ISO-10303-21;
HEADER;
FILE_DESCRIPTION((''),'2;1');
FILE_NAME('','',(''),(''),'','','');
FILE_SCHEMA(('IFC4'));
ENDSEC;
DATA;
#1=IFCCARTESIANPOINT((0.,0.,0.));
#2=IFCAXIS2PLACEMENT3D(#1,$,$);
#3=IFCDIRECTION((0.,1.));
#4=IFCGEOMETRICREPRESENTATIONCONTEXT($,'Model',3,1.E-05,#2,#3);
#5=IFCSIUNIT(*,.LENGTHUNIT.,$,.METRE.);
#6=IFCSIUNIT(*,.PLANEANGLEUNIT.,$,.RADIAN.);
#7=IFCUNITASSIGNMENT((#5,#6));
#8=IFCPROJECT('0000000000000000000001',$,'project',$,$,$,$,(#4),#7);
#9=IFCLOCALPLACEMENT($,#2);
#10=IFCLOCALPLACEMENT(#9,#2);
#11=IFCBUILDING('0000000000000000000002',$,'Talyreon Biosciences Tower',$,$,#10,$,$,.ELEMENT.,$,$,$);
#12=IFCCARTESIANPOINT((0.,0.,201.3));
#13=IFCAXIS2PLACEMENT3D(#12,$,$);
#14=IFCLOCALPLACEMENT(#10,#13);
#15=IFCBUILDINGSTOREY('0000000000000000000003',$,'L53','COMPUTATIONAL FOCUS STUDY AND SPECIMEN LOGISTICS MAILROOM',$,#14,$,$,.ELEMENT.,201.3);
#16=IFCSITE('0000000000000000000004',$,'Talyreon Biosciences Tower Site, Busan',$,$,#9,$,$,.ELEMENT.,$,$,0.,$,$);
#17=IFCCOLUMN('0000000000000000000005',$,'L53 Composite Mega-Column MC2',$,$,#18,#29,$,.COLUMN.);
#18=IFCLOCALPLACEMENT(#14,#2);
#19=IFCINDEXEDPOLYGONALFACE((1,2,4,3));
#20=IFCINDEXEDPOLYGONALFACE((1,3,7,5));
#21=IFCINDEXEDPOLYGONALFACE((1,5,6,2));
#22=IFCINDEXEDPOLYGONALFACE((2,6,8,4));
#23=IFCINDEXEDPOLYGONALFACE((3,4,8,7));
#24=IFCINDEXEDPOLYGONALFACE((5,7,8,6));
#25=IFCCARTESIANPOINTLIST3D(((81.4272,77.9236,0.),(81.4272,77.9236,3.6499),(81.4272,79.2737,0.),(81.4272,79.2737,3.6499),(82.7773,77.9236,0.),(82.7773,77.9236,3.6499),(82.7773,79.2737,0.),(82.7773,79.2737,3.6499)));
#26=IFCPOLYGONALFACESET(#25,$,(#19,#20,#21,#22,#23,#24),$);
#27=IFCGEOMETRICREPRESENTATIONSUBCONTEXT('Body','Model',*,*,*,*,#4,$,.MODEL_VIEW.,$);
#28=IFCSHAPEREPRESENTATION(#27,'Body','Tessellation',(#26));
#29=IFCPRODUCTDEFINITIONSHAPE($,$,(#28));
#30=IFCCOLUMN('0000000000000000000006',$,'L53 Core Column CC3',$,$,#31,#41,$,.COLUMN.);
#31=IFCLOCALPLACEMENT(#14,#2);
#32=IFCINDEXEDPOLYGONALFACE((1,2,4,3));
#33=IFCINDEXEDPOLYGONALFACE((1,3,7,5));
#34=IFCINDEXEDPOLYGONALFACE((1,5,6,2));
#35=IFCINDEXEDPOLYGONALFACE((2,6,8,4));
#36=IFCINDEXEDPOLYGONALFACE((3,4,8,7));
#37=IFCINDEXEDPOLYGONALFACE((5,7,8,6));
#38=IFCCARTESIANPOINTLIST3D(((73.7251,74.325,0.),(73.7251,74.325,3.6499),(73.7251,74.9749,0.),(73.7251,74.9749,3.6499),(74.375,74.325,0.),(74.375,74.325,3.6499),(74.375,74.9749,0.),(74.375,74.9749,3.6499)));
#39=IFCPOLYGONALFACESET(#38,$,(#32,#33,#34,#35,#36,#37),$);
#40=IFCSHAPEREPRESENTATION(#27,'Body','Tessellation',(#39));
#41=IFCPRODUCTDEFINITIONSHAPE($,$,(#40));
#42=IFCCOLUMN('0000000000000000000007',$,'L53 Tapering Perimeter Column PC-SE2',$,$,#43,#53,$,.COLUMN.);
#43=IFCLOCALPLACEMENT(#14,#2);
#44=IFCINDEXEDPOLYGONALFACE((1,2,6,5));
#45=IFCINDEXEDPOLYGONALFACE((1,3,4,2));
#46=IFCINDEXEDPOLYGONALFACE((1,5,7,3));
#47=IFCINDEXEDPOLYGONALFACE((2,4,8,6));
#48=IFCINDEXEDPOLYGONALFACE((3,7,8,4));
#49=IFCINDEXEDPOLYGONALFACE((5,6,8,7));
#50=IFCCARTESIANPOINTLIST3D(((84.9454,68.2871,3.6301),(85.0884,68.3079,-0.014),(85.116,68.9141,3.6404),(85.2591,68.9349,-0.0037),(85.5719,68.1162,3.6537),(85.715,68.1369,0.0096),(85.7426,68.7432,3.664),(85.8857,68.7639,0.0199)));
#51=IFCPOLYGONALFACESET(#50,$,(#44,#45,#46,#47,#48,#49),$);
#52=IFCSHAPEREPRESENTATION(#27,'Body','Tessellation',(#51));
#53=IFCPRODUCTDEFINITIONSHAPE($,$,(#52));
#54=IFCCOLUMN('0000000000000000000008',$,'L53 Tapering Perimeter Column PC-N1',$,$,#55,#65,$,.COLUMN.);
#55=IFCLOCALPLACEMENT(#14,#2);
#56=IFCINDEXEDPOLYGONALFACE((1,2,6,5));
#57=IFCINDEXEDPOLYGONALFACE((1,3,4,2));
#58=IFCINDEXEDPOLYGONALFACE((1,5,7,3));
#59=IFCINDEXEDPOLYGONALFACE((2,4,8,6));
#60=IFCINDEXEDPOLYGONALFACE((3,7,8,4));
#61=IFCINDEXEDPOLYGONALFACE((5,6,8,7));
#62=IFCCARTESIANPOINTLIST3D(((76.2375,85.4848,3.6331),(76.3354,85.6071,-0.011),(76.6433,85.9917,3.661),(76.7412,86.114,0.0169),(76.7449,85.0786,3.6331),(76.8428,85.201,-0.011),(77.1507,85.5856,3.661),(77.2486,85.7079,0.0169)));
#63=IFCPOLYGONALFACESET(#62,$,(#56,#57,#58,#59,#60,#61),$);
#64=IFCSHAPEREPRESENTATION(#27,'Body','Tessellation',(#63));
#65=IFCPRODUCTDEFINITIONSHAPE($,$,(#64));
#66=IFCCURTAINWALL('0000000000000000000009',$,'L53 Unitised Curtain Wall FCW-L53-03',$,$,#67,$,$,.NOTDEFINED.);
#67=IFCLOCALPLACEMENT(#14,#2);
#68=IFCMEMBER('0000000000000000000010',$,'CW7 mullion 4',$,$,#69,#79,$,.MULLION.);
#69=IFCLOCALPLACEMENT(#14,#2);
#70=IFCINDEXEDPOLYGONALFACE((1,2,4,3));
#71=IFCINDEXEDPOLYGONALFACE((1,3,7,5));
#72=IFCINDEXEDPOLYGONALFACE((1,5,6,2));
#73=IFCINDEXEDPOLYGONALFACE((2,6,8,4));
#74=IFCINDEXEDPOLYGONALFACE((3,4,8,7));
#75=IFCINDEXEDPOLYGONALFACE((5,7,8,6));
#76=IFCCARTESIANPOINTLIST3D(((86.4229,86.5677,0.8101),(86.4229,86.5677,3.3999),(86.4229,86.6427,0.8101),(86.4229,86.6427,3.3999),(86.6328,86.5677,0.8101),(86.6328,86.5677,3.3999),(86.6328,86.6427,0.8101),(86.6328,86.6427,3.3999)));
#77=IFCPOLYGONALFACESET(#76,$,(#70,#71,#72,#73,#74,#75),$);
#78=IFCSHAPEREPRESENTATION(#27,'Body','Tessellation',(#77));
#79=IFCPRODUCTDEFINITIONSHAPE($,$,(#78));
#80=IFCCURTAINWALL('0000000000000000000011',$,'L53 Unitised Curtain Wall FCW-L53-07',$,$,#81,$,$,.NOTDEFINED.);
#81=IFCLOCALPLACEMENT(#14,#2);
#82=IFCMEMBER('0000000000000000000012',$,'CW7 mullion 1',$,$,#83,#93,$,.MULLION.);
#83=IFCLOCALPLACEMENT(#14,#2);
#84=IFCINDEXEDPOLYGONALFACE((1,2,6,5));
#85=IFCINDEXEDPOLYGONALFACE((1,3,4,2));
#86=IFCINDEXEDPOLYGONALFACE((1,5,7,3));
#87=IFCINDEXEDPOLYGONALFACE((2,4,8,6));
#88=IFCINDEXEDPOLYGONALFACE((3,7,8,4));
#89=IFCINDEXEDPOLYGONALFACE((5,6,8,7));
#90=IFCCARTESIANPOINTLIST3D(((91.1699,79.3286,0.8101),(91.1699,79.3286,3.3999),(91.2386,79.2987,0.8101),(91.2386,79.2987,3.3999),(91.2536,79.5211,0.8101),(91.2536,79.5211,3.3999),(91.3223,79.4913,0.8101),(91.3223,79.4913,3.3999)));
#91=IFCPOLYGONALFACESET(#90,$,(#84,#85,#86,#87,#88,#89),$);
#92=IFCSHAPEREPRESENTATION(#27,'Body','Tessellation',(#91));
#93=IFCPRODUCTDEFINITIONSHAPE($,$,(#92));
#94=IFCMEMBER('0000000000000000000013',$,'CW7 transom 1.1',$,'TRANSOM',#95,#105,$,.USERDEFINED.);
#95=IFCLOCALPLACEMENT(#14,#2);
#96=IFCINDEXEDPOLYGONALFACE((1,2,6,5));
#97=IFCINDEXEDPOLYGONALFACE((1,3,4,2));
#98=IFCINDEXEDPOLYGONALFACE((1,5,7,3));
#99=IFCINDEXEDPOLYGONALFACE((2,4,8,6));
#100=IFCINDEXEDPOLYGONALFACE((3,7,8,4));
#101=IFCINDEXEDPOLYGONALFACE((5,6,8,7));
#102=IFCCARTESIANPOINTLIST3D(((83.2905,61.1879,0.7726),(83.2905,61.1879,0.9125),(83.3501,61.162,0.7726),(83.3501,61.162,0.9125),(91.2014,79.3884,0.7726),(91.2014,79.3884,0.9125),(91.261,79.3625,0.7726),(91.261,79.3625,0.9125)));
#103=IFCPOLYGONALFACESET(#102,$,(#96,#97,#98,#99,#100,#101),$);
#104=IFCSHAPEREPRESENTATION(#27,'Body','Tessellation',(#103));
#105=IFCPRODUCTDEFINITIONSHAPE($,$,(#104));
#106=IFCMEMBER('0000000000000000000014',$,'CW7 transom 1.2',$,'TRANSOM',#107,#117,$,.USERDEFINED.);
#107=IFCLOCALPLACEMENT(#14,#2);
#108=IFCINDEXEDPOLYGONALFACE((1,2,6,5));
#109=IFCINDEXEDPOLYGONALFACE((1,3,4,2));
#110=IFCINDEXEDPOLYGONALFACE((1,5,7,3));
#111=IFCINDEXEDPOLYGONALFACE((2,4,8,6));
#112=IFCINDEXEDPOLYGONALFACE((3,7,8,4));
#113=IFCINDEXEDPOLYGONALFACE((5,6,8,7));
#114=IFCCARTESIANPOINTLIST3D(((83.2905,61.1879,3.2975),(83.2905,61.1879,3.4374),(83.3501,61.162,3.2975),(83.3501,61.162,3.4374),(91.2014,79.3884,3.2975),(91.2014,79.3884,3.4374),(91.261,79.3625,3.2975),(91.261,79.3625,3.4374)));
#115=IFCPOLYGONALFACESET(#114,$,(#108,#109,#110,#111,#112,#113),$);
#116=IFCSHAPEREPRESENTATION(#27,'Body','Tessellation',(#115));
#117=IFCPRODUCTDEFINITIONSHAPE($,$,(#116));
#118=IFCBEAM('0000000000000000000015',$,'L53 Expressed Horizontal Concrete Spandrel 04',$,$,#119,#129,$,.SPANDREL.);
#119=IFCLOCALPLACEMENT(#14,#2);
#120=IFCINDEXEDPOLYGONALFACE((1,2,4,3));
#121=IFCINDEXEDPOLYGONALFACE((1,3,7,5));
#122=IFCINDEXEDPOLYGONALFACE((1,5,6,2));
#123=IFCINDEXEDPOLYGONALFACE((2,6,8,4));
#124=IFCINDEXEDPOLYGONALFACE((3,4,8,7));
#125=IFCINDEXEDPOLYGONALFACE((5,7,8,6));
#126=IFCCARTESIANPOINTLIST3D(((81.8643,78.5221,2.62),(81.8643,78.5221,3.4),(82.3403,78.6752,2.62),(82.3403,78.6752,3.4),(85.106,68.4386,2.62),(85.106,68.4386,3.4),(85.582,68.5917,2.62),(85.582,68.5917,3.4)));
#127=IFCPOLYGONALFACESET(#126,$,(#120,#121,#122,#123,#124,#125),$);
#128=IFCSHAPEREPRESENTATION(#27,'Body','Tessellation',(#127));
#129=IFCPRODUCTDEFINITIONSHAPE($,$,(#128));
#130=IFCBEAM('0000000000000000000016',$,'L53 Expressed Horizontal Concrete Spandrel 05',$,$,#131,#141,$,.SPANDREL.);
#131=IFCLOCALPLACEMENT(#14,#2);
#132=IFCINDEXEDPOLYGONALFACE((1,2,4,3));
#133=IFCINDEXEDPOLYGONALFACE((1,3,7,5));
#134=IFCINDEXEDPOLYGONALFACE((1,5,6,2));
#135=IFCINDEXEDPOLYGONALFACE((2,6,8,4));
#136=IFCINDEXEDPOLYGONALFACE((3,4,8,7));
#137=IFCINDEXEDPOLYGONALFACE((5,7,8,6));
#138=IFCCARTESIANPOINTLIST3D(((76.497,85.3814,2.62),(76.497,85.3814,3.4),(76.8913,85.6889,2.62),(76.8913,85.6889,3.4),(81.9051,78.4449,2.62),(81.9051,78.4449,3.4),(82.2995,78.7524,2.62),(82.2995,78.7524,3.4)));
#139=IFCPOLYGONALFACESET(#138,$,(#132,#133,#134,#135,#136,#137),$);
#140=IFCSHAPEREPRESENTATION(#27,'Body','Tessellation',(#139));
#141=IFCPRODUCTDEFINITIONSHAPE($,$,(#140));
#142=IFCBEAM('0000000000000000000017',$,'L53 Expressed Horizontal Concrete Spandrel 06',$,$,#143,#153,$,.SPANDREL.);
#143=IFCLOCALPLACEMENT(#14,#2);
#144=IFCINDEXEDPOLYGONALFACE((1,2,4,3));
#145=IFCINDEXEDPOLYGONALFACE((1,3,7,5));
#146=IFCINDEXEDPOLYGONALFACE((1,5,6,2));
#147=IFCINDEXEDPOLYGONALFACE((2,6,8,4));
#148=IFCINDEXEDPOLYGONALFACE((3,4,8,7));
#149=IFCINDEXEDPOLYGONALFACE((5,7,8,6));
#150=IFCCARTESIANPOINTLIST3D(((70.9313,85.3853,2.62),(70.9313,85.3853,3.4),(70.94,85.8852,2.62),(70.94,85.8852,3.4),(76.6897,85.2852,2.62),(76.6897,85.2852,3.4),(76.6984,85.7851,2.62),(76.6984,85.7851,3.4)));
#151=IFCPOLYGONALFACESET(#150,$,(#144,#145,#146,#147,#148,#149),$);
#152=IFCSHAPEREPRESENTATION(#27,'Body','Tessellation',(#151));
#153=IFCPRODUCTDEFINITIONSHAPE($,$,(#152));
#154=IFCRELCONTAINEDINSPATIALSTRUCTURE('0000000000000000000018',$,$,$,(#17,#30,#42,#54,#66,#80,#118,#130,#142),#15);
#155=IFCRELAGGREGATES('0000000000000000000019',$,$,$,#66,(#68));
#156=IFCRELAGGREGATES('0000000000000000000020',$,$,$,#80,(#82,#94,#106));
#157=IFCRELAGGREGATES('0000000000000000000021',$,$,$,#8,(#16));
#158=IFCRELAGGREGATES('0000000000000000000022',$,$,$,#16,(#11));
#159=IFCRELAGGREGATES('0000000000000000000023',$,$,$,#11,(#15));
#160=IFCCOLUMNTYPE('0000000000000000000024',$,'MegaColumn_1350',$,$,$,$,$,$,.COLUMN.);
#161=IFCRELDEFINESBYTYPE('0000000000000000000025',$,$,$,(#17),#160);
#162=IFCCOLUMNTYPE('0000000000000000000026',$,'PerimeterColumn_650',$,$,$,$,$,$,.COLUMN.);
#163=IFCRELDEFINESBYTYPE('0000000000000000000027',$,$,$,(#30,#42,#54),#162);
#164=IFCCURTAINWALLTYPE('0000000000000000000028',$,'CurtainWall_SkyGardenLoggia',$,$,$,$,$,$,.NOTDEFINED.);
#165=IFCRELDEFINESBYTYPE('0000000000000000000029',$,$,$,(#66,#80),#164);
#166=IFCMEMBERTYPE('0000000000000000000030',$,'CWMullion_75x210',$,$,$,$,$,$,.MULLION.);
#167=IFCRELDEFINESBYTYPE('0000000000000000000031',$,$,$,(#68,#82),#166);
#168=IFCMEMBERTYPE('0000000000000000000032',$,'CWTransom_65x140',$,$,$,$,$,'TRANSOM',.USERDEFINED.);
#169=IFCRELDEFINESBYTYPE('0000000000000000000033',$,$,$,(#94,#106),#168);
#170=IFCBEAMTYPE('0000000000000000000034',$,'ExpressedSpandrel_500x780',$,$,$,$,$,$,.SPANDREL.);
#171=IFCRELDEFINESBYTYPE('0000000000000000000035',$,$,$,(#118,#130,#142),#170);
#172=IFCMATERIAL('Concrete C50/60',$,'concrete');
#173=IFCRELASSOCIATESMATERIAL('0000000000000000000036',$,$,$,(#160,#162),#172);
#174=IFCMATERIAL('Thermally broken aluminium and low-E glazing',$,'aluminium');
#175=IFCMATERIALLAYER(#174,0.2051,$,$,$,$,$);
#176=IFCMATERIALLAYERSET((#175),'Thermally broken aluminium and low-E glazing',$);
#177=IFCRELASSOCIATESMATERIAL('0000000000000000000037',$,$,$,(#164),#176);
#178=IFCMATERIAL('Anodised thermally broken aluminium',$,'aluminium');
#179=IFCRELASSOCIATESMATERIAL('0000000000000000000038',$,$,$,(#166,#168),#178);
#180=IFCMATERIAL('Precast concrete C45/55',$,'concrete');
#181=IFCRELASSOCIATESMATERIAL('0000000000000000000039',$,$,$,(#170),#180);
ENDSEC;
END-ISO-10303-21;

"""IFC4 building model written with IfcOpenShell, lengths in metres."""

from ifc_helpers import new_model, si_unit, direction, frame, origin, origin_2d, place, context, subcontext, project, spatial, rectangle, extrude, material, layer, layer_set, material_profile, profile_set, type_object, element, aggregate, save


model = new_model("IFC4")

# Units and contexts
model_context = context("Model", 3, precision=1e-05, world=origin(), true_north=direction((0.0, 1.0)))
body_context = subcontext(model_context, "Body", "Model", "MODEL_VIEW")
ifc_project = project(units=[si_unit("LENGTHUNIT", "METRE"), si_unit("PLANEANGLEUNIT", "RADIAN")], contexts=[model_context])

# Site, building, storey
site_placement = place(None, origin())
site = spatial("IfcSite", under=ifc_project, at=site_placement, Name="Talyreon Biosciences Tower Site, Busan", CompositionType="ELEMENT", RefElevation=0.0)
building_placement = place(site_placement, origin())
building = spatial("IfcBuilding", under=site, at=building_placement, Name="Talyreon Biosciences Tower", CompositionType="ELEMENT")
storey_placement = place(building_placement, frame((0.0, 0.0, 201.3)))
storey = spatial("IfcBuildingStorey", under=building, at=storey_placement, Name="L53", Description="COMPUTATIONAL FOCUS STUDY AND SPECIMEN LOGISTICS MAILROOM", CompositionType="ELEMENT", Elevation=201.3)

# Columns
ifc_material_1 = material(Name="Concrete C50/60", Category="concrete")
ifc_material_profile_1 = material_profile(ifc_material_1, rectangle(XDim=1.3501, YDim=1.3501, at=origin_2d()), Name="RC 1350x1350")
ifc_profile_set_1 = profile_set([ifc_material_profile_1], Name="Concrete C50/60")
column_type_1 = type_object("IfcColumnType", Name="MegaColumn_1350", PredefinedType="COLUMN", material=ifc_profile_set_1)
column_1_placement = place(storey_placement, frame((82.1023, 78.5986, 0.0), z_axis=(0.0, 0.0, 1.0), x_axis=(1.0, 0.0, 0.0)))
element("IfcColumn", 1, at=column_1_placement, inside=storey, type_object=column_type_1, Name="L53 Composite Mega-Column MC2", PredefinedType="COLUMN", context=body_context, shape_type="SweptSolid", body=[
    extrude(rectangle(XDim=1.3501, YDim=1.3501, at=origin_2d()), origin(), (0.0, 0.0, 1.0), 3.6499),
])
ifc_material_profile_2 = material_profile(ifc_material_1, rectangle(XDim=0.6499, YDim=0.6499, at=origin_2d()), Name="RC 650x650")
ifc_profile_set_2 = profile_set([ifc_material_profile_2], Name="Concrete C50/60")
column_type_2 = type_object("IfcColumnType", Name="PerimeterColumn_650", PredefinedType="COLUMN", material=ifc_profile_set_2)
column_2_placement = place(storey_placement, frame((74.05, 74.6499, 0.0), z_axis=(0.0, 0.0, 1.0), x_axis=(1.0, 0.0, 0.0)))
element("IfcColumn", 2, at=column_2_placement, inside=storey, type_object=column_type_2, Name="L53 Core Column CC3", PredefinedType="COLUMN", context=body_context, shape_type="SweptSolid", body=[
    extrude(rectangle(XDim=0.6499, YDim=0.6499, at=origin_2d()), origin(), (0.0, 0.0, 1.0), 3.6499),
])
column_3_placement = place(storey_placement, frame((85.4871, 68.5359, 0.0029), z_axis=(-0.039229, -0.00569, 0.999214), x_axis=(0.964103, -0.263029, 0.036353)))
element("IfcColumn", 3, at=column_3_placement, inside=storey, type_object=column_type_2, Name="L53 Tapering Perimeter Column PC-SE2", PredefinedType="COLUMN", context=body_context, shape_type="SweptSolid", body=[
    extrude(rectangle(XDim=0.6499, YDim=0.6499, at=origin_2d()), origin(), (0.0, 0.0, 1.0), 3.647),
])
column_4_placement = place(storey_placement, frame((76.792, 85.6575, 0.0029), z_axis=(-0.026841, -0.033535, 0.999077), x_axis=(-0.780717, 0.624885, 0.0)))
element("IfcColumn", 4, at=column_4_placement, inside=storey, type_object=column_type_2, Name="L53 Tapering Perimeter Column PC-N1", PredefinedType="COLUMN", context=body_context, shape_type="SweptSolid", body=[
    extrude(rectangle(XDim=0.6499, YDim=0.6499, at=origin_2d()), origin(), (0.0, 0.0, 1.0), 3.6475),
])

# Curtain wall, member
ifc_material_2 = material(Name="Thermally broken aluminium and low-E glazing", Category="aluminium")
ifc_layer_1 = layer(ifc_material_2, 0.2051)
ifc_layer_set_1 = layer_set([ifc_layer_1], Name="Thermally broken aluminium and low-E glazing")
curtain_wall_type = type_object("IfcCurtainWallType", Name="CurtainWall_SkyGardenLoggia", PredefinedType="NOTDEFINED", material=ifc_layer_set_1)
curtain_wall_1_placement = place(storey_placement, origin())
curtain_wall_1 = element("IfcCurtainWall", 5, at=curtain_wall_1_placement, inside=storey, type_object=curtain_wall_type, Name="L53 Unitised Curtain Wall FCW-L53-03", PredefinedType="NOTDEFINED")
ifc_material_3 = material(Name="Anodised thermally broken aluminium", Category="aluminium")
ifc_material_profile_3 = material_profile(ifc_material_3, rectangle(XDim=0.075, YDim=0.21, at=origin_2d()), Name="ALUM MULLION 75x210")
ifc_profile_set_3 = profile_set([ifc_material_profile_3], Name="Anodised thermally broken aluminium")
member_type_1 = type_object("IfcMemberType", Name="CWMullion_75x210", PredefinedType="MULLION", material=ifc_profile_set_3)
member_1_placement = place(storey_placement, frame((86.5278, 86.6052, 0.8101), z_axis=(0.0, 0.0, 1.0), x_axis=(0.0, 1.0, 0.0)))
member_1 = element("IfcMember", 6, at=member_1_placement, type_object=member_type_1, Name="CW7 mullion 4", PredefinedType="MULLION", context=body_context, shape_type="SweptSolid", body=[
    extrude(rectangle(XDim=0.075, YDim=0.21, at=origin_2d()), origin(), (0.0, 0.0, 1.0), 2.5898),
])

# Curtain wall, members
curtain_wall_2_placement = place(storey_placement, origin())
curtain_wall_2 = element("IfcCurtainWall", 7, at=curtain_wall_2_placement, inside=storey, type_object=curtain_wall_type, Name="L53 Unitised Curtain Wall FCW-L53-07", PredefinedType="NOTDEFINED")
member_2_placement = place(storey_placement, frame((91.2461, 79.4099, 0.8101), z_axis=(0.0, 0.0, 1.0), x_axis=(0.917113, -0.398628, 0.0)))
member_2 = element("IfcMember", 8, at=member_2_placement, type_object=member_type_1, Name="CW7 mullion 1", PredefinedType="MULLION", context=body_context, shape_type="SweptSolid", body=[
    extrude(rectangle(XDim=0.075, YDim=0.21, at=origin_2d()), origin(), (0.0, 0.0, 1.0), 2.5898),
])
ifc_material_profile_4 = material_profile(ifc_material_3, rectangle(XDim=0.0649, YDim=0.1399, at=origin_2d()), Name="ALUM TRANSOM 65x140")
ifc_profile_set_4 = profile_set([ifc_material_profile_4], Name="Anodised thermally broken aluminium")
member_type_2 = type_object("IfcMemberType", Name="CWTransom_65x140", ElementType="TRANSOM", PredefinedType="USERDEFINED", material=ifc_profile_set_4)
member_3_placement = place(storey_placement, frame((91.2312, 79.3755, 0.8425), z_axis=(-0.398627, -0.917113, 0.0), x_axis=(0.917113, -0.398627, 0.0)))
member_3 = element("IfcMember", 9, at=member_3_placement, type_object=member_type_2, Name="CW7 transom 1.1", ObjectType="TRANSOM", PredefinedType="USERDEFINED", context=body_context, shape_type="SweptSolid", body=[
    extrude(rectangle(XDim=0.0649, YDim=0.1399, at=origin_2d()), origin(), (0.0, 0.0, 1.0), 19.8455),
])
member_4_placement = place(storey_placement, frame((91.2312, 79.3755, 3.3674), z_axis=(-0.398627, -0.917113, 0.0), x_axis=(0.917113, -0.398627, 0.0)))
member_4 = element("IfcMember", 10, at=member_4_placement, type_object=member_type_2, Name="CW7 transom 1.2", ObjectType="TRANSOM", PredefinedType="USERDEFINED", context=body_context, shape_type="SweptSolid", body=[
    extrude(rectangle(XDim=0.0649, YDim=0.1399, at=origin_2d()), origin(), (0.0, 0.0, 1.0), 19.8455),
])

# Beams
ifc_material_4 = material(Name="Precast concrete C45/55", Category="concrete")
ifc_material_profile_5 = material_profile(ifc_material_4, rectangle(XDim=0.5, YDim=0.78, at=origin_2d()), Name="RCB 500x780")
ifc_profile_set_5 = profile_set([ifc_material_profile_5], Name="Precast concrete C45/55")
beam_type_1 = type_object("IfcBeamType", Name="ExpressedSpandrel_500x780", PredefinedType="SPANDREL", material=ifc_profile_set_5)
beam_1_placement = place(storey_placement, frame((85.344, 68.5151, 3.01), z_axis=(-0.306058, 0.952013, 0.0), x_axis=(-0.952013, -0.306058, 0.0)))
element("IfcBeam", 11, at=beam_1_placement, inside=storey, type_object=beam_type_1, Name="L53 Expressed Horizontal Concrete Spandrel 04", PredefinedType="SPANDREL", context=body_context, shape_type="SweptSolid", body=[
    extrude(rectangle(XDim=0.5, YDim=0.78, at=origin_2d()), origin(), (0.0, 0.0, 1.0), 10.5918),
])
beam_2_placement = place(storey_placement, frame((82.1023, 78.5986, 3.01), z_axis=(-0.61487, 0.788628, 0.0), x_axis=(-0.788628, -0.61487, 0.0)))
element("IfcBeam", 12, at=beam_2_placement, inside=storey, type_object=beam_type_1, Name="L53 Expressed Horizontal Concrete Spandrel 05", PredefinedType="SPANDREL", context=body_context, shape_type="SweptSolid", body=[
    extrude(rectangle(XDim=0.5, YDim=0.78, at=origin_2d()), origin(), (0.0, 0.0, 1.0), 8.7957),
])
beam_3_placement = place(storey_placement, frame((76.6941, 85.5352, 3.01), z_axis=(-0.999849, 0.017381, 0.0), x_axis=(-0.017381, -0.999849, 0.0)))
element("IfcBeam", 13, at=beam_3_placement, inside=storey, type_object=beam_type_1, Name="L53 Expressed Horizontal Concrete Spandrel 06", PredefinedType="SPANDREL", context=body_context, shape_type="SweptSolid", body=[
    extrude(rectangle(XDim=0.5, YDim=0.78, at=origin_2d()), origin(), (0.0, 0.0, 1.0), 5.7593),
])

aggregate(curtain_wall_1, [member_1])
aggregate(curtain_wall_2, [member_2, member_3, member_4])

save(model, "model.ifc")
